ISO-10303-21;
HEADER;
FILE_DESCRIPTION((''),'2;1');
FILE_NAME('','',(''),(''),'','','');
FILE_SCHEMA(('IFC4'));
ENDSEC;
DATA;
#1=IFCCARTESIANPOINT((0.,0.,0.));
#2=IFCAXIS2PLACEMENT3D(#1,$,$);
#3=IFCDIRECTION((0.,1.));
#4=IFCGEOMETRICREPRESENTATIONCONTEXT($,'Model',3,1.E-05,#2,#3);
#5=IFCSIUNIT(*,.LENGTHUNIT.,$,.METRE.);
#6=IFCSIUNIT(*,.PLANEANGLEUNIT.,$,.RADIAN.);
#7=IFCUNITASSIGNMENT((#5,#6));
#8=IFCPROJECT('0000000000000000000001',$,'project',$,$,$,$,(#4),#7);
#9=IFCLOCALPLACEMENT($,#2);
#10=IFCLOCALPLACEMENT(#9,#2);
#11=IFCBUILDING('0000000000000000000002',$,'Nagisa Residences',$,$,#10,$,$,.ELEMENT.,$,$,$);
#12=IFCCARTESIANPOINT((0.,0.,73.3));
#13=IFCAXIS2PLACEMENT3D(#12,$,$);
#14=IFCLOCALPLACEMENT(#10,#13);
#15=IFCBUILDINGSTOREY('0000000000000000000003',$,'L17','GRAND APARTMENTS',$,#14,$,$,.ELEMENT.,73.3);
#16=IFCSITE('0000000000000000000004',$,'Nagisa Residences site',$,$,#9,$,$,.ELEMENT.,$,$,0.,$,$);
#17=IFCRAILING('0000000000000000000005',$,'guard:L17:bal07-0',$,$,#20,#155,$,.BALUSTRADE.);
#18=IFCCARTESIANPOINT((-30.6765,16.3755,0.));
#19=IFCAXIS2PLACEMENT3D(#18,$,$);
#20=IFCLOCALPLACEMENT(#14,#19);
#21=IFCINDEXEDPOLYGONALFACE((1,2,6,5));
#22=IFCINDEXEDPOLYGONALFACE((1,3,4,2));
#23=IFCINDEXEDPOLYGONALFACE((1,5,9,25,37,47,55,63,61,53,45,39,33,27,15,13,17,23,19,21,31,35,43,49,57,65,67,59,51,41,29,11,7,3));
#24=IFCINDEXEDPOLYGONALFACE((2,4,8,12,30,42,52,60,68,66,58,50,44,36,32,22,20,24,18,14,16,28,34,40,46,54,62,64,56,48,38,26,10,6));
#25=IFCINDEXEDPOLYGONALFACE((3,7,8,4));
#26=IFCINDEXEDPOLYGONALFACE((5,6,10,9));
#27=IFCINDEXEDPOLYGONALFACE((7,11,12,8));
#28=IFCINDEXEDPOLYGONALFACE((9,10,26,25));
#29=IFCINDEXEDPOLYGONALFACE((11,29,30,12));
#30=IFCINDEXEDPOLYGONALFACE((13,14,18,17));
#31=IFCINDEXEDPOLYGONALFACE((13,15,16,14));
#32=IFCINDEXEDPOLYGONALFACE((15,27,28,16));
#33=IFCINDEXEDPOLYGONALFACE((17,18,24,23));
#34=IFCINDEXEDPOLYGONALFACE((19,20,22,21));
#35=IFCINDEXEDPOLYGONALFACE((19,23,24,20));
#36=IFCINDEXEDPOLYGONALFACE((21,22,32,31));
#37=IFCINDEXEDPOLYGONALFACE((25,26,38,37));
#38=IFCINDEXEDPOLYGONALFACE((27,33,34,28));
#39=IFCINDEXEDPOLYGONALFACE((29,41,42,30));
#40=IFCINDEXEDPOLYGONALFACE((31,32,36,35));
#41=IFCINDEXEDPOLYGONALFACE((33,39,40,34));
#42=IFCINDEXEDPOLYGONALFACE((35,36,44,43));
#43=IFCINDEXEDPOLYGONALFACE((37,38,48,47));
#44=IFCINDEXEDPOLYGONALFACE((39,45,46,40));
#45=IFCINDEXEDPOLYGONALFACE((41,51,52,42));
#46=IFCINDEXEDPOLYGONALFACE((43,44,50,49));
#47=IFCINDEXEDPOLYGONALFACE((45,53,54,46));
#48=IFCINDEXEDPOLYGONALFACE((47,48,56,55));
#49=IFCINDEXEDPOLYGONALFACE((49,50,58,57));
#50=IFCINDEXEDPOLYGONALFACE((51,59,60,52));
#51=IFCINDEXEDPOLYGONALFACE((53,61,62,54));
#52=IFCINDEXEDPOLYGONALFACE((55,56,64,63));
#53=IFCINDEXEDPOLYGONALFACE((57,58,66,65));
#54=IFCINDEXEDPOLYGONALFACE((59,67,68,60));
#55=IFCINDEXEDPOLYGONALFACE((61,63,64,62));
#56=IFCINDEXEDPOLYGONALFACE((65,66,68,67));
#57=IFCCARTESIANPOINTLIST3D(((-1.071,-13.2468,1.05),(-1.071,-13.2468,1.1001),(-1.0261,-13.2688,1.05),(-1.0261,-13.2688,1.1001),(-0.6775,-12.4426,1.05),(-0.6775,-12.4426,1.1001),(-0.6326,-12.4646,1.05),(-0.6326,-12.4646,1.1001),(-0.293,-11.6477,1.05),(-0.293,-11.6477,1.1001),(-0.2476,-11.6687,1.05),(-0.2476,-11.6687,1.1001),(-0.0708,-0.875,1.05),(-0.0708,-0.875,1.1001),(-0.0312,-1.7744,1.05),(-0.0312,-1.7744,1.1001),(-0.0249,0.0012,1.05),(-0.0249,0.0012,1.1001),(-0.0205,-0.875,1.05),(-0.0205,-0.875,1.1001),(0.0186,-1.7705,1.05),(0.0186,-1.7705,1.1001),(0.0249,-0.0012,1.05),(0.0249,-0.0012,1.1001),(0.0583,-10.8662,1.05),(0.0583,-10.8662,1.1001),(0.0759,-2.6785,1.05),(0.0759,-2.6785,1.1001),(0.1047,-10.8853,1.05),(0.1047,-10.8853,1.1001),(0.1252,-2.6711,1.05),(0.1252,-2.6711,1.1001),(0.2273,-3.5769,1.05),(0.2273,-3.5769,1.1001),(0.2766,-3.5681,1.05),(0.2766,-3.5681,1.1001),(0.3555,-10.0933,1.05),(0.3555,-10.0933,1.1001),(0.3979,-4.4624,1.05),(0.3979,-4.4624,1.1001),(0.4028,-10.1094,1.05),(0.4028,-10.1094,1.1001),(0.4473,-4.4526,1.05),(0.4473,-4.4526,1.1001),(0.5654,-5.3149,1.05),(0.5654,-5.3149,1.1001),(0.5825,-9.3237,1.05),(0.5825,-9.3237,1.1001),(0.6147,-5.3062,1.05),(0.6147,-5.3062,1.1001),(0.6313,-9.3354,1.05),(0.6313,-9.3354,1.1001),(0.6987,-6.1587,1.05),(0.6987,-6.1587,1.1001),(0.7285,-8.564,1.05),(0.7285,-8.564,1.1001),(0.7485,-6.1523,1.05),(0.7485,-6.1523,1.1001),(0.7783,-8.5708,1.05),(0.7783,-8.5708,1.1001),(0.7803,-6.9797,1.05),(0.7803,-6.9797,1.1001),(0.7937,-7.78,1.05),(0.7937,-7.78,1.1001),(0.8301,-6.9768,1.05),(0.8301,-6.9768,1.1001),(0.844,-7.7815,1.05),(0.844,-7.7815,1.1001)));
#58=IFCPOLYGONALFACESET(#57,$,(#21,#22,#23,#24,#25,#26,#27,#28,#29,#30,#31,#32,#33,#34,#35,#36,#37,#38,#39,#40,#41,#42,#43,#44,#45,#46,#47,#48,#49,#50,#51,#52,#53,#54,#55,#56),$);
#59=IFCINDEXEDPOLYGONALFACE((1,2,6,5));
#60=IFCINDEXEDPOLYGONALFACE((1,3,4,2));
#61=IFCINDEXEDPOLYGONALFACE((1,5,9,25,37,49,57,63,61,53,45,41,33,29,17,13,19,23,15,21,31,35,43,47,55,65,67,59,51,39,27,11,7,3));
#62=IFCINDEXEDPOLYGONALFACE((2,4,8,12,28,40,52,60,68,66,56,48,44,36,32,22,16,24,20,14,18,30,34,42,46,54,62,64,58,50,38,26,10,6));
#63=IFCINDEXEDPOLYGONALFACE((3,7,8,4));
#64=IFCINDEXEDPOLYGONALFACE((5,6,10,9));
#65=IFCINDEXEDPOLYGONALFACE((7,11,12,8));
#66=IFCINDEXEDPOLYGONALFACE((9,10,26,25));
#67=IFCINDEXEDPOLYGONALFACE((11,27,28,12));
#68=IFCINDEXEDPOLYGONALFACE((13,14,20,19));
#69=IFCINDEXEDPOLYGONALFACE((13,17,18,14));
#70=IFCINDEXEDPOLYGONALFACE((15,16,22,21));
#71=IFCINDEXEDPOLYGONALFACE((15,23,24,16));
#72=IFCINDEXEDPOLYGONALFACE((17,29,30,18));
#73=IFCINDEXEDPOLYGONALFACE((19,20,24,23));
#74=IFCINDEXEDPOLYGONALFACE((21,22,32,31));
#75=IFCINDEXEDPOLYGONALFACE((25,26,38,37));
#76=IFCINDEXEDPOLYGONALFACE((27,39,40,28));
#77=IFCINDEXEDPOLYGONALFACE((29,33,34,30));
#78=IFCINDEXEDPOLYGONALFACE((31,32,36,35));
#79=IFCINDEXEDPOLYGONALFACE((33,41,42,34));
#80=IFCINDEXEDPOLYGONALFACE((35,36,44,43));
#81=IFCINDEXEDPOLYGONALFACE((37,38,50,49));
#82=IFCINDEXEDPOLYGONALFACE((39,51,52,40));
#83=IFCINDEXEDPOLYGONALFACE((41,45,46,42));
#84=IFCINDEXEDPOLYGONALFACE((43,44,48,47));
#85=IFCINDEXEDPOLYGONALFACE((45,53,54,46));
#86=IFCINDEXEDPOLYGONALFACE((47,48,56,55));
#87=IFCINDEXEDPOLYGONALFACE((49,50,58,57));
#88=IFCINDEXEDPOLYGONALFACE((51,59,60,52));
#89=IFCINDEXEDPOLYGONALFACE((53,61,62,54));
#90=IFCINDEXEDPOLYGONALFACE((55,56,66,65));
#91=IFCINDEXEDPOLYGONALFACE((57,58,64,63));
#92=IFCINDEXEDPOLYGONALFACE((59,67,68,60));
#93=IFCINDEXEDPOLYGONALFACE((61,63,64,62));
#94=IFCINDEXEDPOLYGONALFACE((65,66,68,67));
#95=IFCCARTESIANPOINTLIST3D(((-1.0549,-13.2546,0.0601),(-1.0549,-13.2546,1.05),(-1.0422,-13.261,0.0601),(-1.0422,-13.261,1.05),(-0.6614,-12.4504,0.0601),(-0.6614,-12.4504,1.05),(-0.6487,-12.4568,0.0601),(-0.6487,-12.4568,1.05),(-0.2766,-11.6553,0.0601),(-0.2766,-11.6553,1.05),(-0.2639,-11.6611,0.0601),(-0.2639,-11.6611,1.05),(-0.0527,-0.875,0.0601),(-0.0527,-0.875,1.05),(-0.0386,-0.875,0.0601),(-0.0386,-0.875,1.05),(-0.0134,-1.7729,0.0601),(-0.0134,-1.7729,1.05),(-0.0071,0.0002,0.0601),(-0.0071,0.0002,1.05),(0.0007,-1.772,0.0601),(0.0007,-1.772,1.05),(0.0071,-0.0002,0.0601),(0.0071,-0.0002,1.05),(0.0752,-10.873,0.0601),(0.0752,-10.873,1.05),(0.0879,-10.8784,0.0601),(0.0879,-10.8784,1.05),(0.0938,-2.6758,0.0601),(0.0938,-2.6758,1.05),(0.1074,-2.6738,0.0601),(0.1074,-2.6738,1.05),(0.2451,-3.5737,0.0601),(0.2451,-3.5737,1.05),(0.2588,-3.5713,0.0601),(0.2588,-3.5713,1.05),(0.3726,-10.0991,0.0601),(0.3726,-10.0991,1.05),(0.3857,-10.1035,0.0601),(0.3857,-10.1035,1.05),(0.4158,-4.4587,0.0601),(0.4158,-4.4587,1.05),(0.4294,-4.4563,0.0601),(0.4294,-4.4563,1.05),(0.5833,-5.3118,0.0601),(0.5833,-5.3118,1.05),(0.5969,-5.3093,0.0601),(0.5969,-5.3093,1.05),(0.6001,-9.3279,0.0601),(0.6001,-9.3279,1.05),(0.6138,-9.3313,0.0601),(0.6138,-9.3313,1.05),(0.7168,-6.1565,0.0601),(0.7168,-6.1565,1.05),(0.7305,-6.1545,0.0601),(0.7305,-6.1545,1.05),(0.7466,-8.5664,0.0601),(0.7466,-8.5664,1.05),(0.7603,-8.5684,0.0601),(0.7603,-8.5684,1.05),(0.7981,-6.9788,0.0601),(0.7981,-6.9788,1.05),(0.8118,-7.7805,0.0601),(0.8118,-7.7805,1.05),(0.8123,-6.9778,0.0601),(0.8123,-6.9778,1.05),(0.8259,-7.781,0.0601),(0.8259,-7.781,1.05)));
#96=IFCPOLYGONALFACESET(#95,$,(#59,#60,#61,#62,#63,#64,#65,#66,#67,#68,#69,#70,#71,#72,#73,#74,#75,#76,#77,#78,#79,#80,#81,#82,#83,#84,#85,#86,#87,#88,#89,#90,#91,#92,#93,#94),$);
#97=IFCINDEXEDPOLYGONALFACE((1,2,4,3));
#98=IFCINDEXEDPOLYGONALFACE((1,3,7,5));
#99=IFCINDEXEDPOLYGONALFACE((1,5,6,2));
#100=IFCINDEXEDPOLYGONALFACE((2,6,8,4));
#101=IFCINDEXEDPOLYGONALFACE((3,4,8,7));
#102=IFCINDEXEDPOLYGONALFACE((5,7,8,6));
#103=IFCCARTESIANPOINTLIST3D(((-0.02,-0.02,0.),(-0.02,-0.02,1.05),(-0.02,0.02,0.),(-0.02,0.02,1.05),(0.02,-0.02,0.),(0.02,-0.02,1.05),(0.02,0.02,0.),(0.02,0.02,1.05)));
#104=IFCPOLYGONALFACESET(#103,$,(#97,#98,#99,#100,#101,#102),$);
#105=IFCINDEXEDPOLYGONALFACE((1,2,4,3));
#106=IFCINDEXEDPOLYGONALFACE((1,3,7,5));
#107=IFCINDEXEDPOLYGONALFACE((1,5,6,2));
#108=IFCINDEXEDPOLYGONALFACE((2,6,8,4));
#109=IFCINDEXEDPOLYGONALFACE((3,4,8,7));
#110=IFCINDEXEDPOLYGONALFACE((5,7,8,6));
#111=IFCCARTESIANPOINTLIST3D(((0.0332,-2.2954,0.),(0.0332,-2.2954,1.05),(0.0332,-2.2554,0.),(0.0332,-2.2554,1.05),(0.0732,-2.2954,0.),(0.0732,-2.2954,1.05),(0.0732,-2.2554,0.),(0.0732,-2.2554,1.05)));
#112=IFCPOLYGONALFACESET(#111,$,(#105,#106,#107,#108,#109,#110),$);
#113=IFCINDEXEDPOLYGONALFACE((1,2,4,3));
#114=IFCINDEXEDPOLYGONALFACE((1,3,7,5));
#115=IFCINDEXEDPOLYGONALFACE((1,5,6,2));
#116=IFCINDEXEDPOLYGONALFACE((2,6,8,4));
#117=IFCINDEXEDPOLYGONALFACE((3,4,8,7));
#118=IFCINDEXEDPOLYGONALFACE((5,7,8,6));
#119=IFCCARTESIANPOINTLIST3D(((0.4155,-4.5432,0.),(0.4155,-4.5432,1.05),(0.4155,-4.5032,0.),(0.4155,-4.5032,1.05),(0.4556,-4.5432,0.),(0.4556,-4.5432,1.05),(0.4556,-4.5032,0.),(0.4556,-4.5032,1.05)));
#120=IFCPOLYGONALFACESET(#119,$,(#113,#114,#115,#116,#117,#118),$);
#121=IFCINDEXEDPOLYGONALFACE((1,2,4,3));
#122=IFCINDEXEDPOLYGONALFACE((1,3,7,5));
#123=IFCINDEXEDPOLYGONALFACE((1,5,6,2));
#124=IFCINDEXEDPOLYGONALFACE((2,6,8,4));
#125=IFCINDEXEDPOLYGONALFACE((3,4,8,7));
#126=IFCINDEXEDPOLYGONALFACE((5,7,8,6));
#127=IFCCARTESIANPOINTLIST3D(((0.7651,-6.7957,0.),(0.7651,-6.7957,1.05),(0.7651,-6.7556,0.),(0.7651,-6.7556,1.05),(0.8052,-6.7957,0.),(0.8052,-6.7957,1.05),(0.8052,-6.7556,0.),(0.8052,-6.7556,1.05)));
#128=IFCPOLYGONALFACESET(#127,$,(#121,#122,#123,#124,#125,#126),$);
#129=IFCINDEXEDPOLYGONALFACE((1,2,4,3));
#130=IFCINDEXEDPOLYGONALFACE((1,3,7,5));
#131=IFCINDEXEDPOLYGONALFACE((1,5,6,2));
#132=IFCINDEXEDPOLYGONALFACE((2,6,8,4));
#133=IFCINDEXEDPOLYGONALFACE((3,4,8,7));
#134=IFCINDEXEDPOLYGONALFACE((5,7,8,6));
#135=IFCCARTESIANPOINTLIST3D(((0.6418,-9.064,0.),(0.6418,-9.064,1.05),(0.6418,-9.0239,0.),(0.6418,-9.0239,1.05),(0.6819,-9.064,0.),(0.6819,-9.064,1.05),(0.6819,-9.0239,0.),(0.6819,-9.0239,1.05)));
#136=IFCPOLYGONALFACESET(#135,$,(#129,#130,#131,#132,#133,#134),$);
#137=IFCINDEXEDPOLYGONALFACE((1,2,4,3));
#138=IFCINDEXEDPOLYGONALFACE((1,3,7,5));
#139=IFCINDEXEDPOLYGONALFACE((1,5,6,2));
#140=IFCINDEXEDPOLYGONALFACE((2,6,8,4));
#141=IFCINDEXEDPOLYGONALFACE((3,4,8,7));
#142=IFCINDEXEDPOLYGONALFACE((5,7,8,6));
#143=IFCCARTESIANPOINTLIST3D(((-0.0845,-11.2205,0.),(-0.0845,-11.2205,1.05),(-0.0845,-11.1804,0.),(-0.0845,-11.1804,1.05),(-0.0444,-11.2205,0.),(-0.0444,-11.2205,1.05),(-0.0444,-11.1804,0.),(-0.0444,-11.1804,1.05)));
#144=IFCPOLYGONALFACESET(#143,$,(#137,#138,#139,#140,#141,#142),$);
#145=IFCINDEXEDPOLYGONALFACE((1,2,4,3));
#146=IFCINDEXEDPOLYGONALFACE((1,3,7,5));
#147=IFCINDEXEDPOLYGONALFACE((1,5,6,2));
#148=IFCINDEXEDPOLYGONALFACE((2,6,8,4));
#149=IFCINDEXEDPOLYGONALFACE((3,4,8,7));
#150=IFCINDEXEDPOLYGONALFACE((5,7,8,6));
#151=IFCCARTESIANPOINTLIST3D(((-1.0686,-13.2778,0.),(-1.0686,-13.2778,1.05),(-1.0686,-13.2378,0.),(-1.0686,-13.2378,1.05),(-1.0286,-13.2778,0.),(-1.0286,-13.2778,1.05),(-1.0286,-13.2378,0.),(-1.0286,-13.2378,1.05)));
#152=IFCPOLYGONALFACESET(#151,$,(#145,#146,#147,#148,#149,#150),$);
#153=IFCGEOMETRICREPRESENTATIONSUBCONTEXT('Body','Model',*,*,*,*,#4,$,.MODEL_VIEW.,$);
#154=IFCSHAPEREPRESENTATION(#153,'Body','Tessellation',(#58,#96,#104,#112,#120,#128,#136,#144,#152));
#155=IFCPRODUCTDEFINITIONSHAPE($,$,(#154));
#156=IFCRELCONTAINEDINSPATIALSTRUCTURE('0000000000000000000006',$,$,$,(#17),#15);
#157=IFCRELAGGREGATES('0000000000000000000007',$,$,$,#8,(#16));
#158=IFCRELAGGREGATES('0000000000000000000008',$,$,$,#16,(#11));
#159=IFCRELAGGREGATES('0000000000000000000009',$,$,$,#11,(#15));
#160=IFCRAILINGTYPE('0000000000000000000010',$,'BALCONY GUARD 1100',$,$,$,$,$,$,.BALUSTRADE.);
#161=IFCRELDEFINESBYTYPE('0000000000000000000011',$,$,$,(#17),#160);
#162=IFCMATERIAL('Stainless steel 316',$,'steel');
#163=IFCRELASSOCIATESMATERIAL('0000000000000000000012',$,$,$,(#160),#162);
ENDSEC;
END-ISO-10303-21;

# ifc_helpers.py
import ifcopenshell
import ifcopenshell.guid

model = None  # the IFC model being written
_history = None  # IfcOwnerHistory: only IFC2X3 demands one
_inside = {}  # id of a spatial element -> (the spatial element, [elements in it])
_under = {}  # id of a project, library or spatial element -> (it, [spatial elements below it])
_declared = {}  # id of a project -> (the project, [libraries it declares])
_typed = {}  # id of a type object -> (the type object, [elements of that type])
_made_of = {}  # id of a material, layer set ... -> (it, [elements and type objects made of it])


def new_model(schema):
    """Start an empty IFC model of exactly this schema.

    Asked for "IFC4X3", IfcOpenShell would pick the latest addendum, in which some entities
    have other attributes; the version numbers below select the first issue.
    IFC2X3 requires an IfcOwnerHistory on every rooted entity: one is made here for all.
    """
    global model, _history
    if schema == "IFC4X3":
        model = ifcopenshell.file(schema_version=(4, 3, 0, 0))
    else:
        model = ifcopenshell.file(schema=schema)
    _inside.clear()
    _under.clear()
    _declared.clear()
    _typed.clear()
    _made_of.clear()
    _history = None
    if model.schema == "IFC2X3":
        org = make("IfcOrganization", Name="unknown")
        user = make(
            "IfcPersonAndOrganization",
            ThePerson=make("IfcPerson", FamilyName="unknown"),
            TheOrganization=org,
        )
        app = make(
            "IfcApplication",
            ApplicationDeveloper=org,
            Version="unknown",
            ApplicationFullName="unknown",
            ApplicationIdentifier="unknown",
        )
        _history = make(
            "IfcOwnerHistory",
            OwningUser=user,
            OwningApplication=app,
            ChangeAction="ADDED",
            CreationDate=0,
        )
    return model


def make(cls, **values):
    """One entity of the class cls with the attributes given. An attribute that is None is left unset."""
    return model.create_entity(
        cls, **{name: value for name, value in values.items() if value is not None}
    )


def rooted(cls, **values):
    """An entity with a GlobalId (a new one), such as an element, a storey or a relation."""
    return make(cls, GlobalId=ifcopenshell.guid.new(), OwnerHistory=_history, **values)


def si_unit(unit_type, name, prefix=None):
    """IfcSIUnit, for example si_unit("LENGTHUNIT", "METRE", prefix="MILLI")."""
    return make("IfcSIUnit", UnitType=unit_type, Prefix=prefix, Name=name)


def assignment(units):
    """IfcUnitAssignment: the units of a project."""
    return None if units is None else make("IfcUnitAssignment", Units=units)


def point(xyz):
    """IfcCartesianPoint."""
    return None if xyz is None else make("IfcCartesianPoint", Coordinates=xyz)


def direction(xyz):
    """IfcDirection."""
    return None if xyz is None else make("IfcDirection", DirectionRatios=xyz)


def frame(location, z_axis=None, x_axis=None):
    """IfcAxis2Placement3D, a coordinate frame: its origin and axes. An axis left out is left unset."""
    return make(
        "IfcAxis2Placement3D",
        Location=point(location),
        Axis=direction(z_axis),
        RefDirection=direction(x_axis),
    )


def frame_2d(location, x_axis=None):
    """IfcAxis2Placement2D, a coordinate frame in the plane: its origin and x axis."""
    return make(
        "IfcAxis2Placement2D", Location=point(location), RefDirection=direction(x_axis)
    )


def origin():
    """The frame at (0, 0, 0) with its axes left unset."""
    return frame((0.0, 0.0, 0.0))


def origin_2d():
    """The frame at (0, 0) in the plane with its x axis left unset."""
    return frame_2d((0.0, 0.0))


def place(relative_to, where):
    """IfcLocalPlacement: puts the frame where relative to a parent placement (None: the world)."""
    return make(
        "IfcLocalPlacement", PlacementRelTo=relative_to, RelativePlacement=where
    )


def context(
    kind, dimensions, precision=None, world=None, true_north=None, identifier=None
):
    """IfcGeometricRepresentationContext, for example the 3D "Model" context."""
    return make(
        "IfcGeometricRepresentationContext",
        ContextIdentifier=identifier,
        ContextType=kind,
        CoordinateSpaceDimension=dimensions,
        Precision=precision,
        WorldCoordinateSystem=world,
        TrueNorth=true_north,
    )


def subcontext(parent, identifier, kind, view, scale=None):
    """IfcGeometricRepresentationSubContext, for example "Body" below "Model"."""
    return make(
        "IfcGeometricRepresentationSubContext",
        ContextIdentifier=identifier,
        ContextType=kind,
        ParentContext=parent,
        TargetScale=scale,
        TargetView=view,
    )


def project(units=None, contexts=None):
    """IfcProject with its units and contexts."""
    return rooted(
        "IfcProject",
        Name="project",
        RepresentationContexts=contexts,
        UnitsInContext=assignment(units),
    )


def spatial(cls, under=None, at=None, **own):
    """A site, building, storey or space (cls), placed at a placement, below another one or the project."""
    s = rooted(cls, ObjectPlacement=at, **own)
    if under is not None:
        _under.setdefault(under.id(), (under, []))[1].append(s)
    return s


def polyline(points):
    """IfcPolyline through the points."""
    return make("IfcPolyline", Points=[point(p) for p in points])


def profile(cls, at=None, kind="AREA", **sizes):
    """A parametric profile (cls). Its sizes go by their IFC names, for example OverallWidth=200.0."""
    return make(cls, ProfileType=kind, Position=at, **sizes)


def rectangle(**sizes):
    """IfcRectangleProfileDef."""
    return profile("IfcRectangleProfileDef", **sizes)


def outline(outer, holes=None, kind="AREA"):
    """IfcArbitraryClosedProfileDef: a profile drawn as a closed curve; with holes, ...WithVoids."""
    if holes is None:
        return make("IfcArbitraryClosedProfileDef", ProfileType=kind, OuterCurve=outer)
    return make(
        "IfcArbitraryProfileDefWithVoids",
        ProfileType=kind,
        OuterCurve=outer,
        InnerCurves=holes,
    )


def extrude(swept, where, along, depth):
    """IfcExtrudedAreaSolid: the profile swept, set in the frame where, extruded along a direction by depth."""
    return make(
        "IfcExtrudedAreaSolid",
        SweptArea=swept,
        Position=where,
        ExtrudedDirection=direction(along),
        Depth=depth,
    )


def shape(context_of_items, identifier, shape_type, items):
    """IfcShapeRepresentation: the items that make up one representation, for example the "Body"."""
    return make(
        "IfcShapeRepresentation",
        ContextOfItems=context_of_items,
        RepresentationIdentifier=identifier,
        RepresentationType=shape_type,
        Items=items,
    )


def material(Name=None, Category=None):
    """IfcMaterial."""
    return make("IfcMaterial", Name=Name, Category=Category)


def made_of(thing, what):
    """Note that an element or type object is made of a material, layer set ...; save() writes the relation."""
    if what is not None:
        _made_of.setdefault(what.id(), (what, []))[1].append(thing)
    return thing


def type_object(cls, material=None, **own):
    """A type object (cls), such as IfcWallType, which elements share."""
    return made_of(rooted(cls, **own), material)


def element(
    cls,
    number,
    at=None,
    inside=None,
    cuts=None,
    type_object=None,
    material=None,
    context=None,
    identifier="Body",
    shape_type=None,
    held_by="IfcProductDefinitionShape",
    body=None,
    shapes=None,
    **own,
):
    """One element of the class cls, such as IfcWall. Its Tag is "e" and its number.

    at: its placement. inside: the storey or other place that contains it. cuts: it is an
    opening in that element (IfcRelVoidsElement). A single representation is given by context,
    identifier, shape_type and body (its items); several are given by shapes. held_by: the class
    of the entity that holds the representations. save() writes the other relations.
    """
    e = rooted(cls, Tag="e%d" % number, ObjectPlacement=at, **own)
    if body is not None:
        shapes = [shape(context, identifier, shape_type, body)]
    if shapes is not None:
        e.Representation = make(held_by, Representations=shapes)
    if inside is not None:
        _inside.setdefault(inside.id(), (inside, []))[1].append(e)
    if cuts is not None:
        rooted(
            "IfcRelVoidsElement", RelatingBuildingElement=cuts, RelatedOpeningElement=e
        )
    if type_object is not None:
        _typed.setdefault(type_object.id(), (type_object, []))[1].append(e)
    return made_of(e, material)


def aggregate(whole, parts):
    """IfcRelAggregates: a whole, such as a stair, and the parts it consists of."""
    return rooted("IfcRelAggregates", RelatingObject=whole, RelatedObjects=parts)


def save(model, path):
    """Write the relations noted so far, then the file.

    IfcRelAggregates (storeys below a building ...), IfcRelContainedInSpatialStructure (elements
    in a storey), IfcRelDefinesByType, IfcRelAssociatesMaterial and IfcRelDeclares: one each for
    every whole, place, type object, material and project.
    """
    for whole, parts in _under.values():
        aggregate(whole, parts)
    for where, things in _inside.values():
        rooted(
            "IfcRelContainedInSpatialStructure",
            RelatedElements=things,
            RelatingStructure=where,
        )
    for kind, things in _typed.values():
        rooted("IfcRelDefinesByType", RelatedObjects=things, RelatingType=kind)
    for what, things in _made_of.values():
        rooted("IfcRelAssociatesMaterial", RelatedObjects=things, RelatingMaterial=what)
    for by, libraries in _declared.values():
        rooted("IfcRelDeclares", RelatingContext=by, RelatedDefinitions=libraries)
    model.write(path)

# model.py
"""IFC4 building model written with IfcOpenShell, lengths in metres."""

from ifc_helpers import new_model, si_unit, direction, frame, origin, origin_2d, place, context, subcontext, project, spatial, polyline, rectangle, outline, extrude, material, type_object, element, save


model = new_model("IFC4")

# Units and contexts
model_context = context("Model", 3, precision=1e-05, world=origin(), true_north=direction((0.0, 1.0)))
body_context = subcontext(model_context, "Body", "Model", "MODEL_VIEW")
ifc_project = project(units=[si_unit("LENGTHUNIT", "METRE"), si_unit("PLANEANGLEUNIT", "RADIAN")], contexts=[model_context])

# Site, building, storey
site_placement = place(None, origin())
site = spatial("IfcSite", under=ifc_project, at=site_placement, Name="Nagisa Residences site", CompositionType="ELEMENT", RefElevation=0.0)
building_placement = place(site_placement, origin())
building = spatial("IfcBuilding", under=site, at=building_placement, Name="Nagisa Residences", CompositionType="ELEMENT")
storey_placement = place(building_placement, frame((0.0, 0.0, 73.3)))
storey = spatial("IfcBuildingStorey", under=building, at=storey_placement, Name="L17", Description="GRAND APARTMENTS", CompositionType="ELEMENT", Elevation=73.3)

# Railing
ifc_material_1 = material(Name="Stainless steel 316", Category="steel")
railing_type = type_object("IfcRailingType", Name="BALCONY GUARD 1100", PredefinedType="BALUSTRADE", material=ifc_material_1)
railing_1_placement = place(storey_placement, frame((-30.6765, 16.3755, 0.0)))
element("IfcRailing", 1, at=railing_1_placement, inside=storey, type_object=railing_type, Name="guard:L17:bal07-0", PredefinedType="BALUSTRADE", context=body_context, shape_type="SweptSolid", body=[
    extrude(outline(polyline([(-0.0205, -0.875), (0.0249, -0.0012), (-0.0249, 0.0012), (-0.0708, -0.875), (-0.0312, -1.7744), (0.0759, -2.6785), (0.2273, -3.5769), (0.3979, -4.4624), (0.5654, -5.3149), (0.6987, -6.1587), (0.7803, -6.9797), (0.7937, -7.78), (0.7285, -8.564), (0.5825, -9.3237), (0.3555, -10.0933), (0.0583, -10.8662), (-0.293, -11.6477), (-0.6775, -12.4426), (-1.071, -13.2468), (-1.0261, -13.2688), (-0.6326, -12.4646), (-0.2476, -11.6687), (0.1047, -10.8853), (0.4028, -10.1094), (0.6313, -9.3354), (0.7783, -8.5708), (0.844, -7.7815), (0.8301, -6.9768), (0.7485, -6.1523), (0.6147, -5.3062), (0.4473, -4.4526), (0.2766, -3.5681), (0.1252, -2.6711), (0.0186, -1.7705), (-0.0205, -0.875)])), frame((0.0, 0.0, 1.05)), (0.0, 0.0, 1.0), 0.05),
    extrude(outline(polyline([(-0.0386, -0.875), (0.0071, -0.0002), (-0.0071, 0.0002), (-0.0527, -0.875), (-0.0134, -1.7729), (0.0938, -2.6758), (0.2451, -3.5737), (0.4158, -4.4587), (0.5833, -5.3118), (0.7168, -6.1565), (0.7981, -6.9788), (0.8118, -7.7805), (0.7466, -8.5664), (0.6001, -9.3279), (0.3726, -10.0991), (0.0752, -10.873), (-0.2766, -11.6553), (-0.6614, -12.4504), (-1.0549, -13.2546), (-1.0422, -13.261), (-0.6487, -12.4568), (-0.2639, -11.6611), (0.0879, -10.8784), (0.3857, -10.1035), (0.6138, -9.3313), (0.7603, -8.5684), (0.8259, -7.781), (0.8123, -6.9778), (0.7305, -6.1545), (0.5969, -5.3093), (0.4294, -4.4563), (0.2588, -3.5713), (0.1074, -2.6738), (0.0007, -1.772), (-0.0386, -0.875)])), frame((0.0, 0.0, 0.0601)), (0.0, 0.0, 1.0), 0.99),
    extrude(rectangle(XDim=0.04, YDim=0.04, at=origin_2d()), origin(), (0.0, 0.0, 1.0), 1.05),
    extrude(rectangle(XDim=0.04, YDim=0.04, at=origin_2d()), frame((0.0532, -2.2754, 0.0)), (0.0, 0.0, 1.0), 1.05),
    extrude(rectangle(XDim=0.04, YDim=0.04, at=origin_2d()), frame((0.4355, -4.5232, 0.0)), (0.0, 0.0, 1.0), 1.05),
    extrude(rectangle(XDim=0.04, YDim=0.04, at=origin_2d()), frame((0.7852, -6.7756, 0.0)), (0.0, 0.0, 1.0), 1.05),
    extrude(rectangle(XDim=0.04, YDim=0.04, at=origin_2d()), frame((0.6619, -9.0439, 0.0)), (0.0, 0.0, 1.0), 1.05),
    extrude(rectangle(XDim=0.04, YDim=0.04, at=origin_2d()), frame((-0.0645, -11.2004, 0.0)), (0.0, 0.0, 1.0), 1.05),
    extrude(rectangle(XDim=0.04, YDim=0.04, at=origin_2d()), frame((-1.0486, -13.2578, 0.0)), (0.0, 0.0, 1.0), 1.05),
])

save(model, "model.ifc")
